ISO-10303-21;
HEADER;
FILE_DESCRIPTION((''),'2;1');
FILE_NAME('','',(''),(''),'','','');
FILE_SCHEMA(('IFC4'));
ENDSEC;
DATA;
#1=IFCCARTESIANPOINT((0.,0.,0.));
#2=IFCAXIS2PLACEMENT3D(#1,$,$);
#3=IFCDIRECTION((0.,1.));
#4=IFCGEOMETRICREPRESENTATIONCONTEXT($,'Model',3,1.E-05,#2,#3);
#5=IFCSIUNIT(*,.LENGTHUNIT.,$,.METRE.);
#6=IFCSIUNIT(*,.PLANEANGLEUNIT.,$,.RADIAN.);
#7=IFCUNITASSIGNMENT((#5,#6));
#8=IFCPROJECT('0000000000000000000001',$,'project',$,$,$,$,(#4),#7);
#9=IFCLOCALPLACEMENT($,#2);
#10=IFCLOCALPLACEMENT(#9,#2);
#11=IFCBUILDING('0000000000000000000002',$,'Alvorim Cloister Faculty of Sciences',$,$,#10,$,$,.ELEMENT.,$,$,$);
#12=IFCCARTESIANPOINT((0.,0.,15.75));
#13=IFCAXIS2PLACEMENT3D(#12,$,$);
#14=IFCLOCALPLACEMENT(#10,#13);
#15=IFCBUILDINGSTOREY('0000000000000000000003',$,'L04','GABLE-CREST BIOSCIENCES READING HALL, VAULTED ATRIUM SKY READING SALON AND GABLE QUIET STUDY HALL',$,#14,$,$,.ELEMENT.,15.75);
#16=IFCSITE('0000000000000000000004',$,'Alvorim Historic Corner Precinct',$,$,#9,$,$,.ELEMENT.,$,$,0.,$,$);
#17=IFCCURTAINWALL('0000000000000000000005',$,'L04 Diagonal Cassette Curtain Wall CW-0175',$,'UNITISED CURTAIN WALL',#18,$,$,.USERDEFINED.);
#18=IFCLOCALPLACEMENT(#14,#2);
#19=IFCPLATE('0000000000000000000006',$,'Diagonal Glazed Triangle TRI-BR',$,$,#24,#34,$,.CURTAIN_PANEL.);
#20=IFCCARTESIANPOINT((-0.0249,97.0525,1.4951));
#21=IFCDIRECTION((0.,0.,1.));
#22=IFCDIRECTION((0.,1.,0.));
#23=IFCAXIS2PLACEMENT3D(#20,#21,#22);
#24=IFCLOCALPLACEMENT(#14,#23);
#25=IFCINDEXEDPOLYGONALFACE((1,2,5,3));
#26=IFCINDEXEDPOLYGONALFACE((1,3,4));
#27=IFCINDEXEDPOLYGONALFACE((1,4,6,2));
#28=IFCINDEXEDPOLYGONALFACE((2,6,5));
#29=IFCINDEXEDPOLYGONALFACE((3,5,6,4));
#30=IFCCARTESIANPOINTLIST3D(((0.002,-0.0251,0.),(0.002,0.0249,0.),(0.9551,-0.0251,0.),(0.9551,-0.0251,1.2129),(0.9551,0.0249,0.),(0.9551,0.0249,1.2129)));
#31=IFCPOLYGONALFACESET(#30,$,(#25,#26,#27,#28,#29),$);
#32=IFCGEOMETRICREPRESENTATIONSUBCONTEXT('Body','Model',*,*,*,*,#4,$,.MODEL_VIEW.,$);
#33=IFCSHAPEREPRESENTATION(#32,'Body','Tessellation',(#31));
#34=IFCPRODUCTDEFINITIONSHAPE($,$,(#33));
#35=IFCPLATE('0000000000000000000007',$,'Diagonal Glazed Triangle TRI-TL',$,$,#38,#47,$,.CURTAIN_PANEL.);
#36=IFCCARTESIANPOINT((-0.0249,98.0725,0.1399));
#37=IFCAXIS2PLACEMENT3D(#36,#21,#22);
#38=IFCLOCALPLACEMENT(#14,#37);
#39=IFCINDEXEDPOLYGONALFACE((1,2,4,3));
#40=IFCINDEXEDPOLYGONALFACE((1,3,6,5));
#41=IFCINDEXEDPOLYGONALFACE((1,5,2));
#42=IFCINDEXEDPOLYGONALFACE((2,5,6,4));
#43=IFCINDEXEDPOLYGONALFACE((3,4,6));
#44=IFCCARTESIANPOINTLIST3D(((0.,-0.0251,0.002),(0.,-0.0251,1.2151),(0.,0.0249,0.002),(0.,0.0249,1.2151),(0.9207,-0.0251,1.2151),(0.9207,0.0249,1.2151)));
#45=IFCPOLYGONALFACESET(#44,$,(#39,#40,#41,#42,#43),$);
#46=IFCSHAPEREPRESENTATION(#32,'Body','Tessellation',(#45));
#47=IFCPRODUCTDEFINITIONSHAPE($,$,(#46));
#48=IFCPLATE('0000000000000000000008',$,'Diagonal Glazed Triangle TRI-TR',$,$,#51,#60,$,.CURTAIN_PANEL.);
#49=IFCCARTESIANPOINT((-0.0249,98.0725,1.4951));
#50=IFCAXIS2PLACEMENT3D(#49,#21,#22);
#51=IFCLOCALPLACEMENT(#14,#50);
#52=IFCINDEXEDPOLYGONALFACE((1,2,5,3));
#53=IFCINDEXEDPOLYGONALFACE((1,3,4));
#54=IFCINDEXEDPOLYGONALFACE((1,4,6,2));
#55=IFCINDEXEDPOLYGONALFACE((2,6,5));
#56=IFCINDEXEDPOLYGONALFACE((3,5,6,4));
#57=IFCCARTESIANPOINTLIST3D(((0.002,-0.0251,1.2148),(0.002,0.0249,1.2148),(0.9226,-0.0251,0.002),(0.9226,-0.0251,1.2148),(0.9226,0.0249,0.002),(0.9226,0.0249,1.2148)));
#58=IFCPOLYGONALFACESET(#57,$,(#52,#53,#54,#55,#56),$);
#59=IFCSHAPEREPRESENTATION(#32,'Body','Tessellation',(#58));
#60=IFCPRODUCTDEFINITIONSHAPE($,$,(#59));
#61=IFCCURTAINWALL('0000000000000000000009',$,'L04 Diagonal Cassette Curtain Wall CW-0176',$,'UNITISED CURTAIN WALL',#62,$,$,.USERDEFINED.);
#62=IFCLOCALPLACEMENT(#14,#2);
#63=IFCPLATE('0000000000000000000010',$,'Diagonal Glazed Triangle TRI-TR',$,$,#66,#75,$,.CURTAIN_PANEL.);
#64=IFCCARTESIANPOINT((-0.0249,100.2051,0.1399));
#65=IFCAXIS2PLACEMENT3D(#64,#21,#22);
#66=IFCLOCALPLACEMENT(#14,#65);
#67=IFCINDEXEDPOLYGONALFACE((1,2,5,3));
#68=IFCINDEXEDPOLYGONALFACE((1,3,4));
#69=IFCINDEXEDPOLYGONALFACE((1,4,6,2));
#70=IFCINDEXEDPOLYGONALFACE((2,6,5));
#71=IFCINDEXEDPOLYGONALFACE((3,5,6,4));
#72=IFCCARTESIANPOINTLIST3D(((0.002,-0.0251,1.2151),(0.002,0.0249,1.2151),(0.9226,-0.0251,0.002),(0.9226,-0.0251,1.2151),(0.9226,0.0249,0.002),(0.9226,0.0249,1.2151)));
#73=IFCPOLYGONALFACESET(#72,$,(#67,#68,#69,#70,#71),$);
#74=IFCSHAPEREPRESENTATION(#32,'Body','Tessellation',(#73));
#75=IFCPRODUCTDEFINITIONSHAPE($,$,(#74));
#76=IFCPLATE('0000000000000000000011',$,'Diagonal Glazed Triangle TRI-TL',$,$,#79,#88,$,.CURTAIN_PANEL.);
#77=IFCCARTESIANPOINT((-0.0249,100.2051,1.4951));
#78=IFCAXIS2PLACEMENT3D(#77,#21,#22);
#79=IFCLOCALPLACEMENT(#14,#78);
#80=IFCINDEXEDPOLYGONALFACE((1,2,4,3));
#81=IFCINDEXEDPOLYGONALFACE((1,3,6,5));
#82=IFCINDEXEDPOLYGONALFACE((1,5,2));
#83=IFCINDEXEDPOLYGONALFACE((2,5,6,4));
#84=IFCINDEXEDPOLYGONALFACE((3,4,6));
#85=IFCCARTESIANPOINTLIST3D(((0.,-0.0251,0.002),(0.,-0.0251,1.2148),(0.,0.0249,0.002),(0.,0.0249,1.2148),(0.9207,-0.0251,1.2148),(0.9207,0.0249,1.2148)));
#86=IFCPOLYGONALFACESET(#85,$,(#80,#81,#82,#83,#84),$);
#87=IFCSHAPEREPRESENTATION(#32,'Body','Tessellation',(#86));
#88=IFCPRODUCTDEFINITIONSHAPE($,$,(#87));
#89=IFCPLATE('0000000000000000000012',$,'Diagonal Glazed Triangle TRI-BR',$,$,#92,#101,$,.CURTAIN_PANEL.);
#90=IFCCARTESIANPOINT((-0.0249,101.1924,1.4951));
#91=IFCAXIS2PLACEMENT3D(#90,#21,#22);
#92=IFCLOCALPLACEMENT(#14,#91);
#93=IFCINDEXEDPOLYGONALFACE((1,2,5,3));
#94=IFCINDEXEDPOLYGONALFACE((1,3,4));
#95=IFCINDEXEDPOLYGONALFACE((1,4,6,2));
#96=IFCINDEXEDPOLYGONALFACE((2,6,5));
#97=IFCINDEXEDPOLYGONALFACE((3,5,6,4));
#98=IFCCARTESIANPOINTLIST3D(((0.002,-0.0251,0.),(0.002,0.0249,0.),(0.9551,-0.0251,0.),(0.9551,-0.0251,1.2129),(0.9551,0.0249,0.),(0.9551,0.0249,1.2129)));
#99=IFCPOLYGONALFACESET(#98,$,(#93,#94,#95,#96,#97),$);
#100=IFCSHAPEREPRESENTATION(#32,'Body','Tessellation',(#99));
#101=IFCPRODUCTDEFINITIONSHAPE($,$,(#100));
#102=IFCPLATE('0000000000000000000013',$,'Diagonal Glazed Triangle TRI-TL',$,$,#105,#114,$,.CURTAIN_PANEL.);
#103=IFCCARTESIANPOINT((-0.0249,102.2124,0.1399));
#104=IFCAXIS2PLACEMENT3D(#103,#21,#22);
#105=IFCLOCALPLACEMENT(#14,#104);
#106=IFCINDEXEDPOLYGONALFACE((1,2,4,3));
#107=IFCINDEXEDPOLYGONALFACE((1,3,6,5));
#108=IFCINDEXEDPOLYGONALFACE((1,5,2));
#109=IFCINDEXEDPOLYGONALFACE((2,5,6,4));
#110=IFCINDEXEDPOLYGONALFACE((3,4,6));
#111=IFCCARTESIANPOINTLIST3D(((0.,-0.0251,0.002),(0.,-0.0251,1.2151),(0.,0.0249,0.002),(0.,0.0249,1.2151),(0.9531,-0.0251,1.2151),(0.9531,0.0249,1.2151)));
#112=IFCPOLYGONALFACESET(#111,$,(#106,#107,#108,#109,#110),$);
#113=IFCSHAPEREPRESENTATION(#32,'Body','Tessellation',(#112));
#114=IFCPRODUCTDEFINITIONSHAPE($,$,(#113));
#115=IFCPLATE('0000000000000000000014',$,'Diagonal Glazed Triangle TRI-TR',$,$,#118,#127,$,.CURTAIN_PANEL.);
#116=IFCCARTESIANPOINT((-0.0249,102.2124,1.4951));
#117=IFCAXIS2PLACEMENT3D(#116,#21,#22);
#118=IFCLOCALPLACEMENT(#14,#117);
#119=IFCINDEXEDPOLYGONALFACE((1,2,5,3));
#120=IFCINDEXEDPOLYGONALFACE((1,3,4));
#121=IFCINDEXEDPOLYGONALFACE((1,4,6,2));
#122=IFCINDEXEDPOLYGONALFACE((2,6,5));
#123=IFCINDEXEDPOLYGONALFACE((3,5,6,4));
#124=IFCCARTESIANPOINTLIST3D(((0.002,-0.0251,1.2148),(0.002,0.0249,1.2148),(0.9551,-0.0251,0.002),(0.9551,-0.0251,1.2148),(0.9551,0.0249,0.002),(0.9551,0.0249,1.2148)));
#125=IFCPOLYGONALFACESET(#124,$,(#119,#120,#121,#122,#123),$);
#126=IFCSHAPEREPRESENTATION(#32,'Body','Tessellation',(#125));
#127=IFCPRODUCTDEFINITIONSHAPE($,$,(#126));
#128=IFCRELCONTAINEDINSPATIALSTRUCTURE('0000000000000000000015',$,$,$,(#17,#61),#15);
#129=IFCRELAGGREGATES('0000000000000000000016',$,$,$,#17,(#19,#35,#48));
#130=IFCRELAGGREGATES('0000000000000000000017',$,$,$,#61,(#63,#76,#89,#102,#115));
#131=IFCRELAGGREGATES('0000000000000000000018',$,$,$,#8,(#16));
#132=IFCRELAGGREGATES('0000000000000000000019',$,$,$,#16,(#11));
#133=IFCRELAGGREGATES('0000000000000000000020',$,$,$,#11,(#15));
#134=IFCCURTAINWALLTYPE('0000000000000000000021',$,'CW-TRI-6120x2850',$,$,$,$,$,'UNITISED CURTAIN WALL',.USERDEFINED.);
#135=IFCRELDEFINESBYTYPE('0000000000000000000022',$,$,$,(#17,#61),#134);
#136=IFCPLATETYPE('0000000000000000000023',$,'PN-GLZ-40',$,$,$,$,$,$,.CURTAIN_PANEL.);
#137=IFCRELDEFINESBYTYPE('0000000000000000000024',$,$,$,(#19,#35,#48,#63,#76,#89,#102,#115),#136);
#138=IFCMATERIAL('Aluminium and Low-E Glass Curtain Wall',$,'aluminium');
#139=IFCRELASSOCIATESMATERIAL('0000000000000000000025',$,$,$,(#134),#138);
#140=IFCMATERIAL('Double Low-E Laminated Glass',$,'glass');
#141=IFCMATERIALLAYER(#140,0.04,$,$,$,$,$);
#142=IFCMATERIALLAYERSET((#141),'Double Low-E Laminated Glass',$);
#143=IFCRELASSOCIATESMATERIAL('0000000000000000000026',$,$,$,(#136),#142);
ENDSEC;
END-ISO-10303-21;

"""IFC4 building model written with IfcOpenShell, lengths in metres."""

from ifc_helpers import new_model, si_unit, direction, frame, origin, place, context, subcontext, project, spatial, polyline, outline, extrude, material, layer, layer_set, type_object, element, aggregate, save


model = new_model("IFC4")

# Units and contexts
model_context = context("Model", 3, precision=1e-05, world=origin(), true_north=direction((0.0, 1.0)))
body_context = subcontext(model_context, "Body", "Model", "MODEL_VIEW")
ifc_project = project(units=[si_unit("LENGTHUNIT", "METRE"), si_unit("PLANEANGLEUNIT", "RADIAN")], contexts=[model_context])

# Site, building, storey
site_placement = place(None, origin())
site = spatial("IfcSite", under=ifc_project, at=site_placement, Name="Alvorim Historic Corner Precinct", CompositionType="ELEMENT", RefElevation=0.0)
building_placement = place(site_placement, origin())
building = spatial("IfcBuilding", under=site, at=building_placement, Name="Alvorim Cloister Faculty of Sciences", CompositionType="ELEMENT")
storey_placement = place(building_placement, frame((0.0, 0.0, 15.75)))
storey = spatial("IfcBuildingStorey", under=building, at=storey_placement, Name="L04", Description="GABLE-CREST BIOSCIENCES READING HALL, VAULTED ATRIUM SKY READING SALON AND GABLE QUIET STUDY HALL", CompositionType="ELEMENT", Elevation=15.75)

# Curtain wall, plates
ifc_material_1 = material(Name="Aluminium and Low-E Glass Curtain Wall", Category="aluminium")
curtain_wall_type = type_object("IfcCurtainWallType", Name="CW-TRI-6120x2850", ElementType="UNITISED CURTAIN WALL", PredefinedType="USERDEFINED", material=ifc_material_1)
curtain_wall_1_placement = place(storey_placement, origin())
curtain_wall_1 = element("IfcCurtainWall", 1, at=curtain_wall_1_placement, inside=storey, type_object=curtain_wall_type, Name="L04 Diagonal Cassette Curtain Wall CW-0175", ObjectType="UNITISED CURTAIN WALL", PredefinedType="USERDEFINED")
ifc_material_2 = material(Name="Double Low-E Laminated Glass", Category="glass")
ifc_layer_1 = layer(ifc_material_2, 0.04)
ifc_layer_set_1 = layer_set([ifc_layer_1], Name="Double Low-E Laminated Glass")
plate_type = type_object("IfcPlateType", Name="PN-GLZ-40", PredefinedType="CURTAIN_PANEL", material=ifc_layer_set_1)
plate_1_placement = place(storey_placement, frame((-0.0249, 97.0525, 1.4951), z_axis=(0.0, 0.0, 1.0), x_axis=(0.0, 1.0, 0.0)))
plate_1 = element("IfcPlate", 2, at=plate_1_placement, type_object=plate_type, Name="Diagonal Glazed Triangle TRI-BR", PredefinedType="CURTAIN_PANEL", context=body_context, shape_type="SweptSolid", body=[
    extrude(outline(polyline([(0.002, 0.0), (0.9551, 0.0), (0.9551, 1.2129), (0.002, 0.0)])), frame((0.0, 0.0249, 0.0), z_axis=(0.0, -1.0, 0.0), x_axis=(1.0, 0.0, 0.0)), (0.0, 0.0, 1.0), 0.05),
])
plate_2_placement = place(storey_placement, frame((-0.0249, 98.0725, 0.1399), z_axis=(0.0, 0.0, 1.0), x_axis=(0.0, 1.0, 0.0)))
plate_2 = element("IfcPlate", 3, at=plate_2_placement, type_object=plate_type, Name="Diagonal Glazed Triangle TRI-TL", PredefinedType="CURTAIN_PANEL", context=body_context, shape_type="SweptSolid", body=[
    extrude(outline(polyline([(0.9207, 1.2151), (0.0, 1.2151), (0.0, 0.002), (0.9207, 1.2151)])), frame((0.0, 0.0249, 0.0), z_axis=(0.0, -1.0, 0.0), x_axis=(1.0, 0.0, 0.0)), (0.0, 0.0, 1.0), 0.05),
])
plate_3_placement = place(storey_placement, frame((-0.0249, 98.0725, 1.4951), z_axis=(0.0, 0.0, 1.0), x_axis=(0.0, 1.0, 0.0)))
plate_3 = element("IfcPlate", 4, at=plate_3_placement, type_object=plate_type, Name="Diagonal Glazed Triangle TRI-TR", PredefinedType="CURTAIN_PANEL", context=body_context, shape_type="SweptSolid", body=[
    extrude(outline(polyline([(0.9226, 0.002), (0.9226, 1.2148), (0.002, 1.2148), (0.9226, 0.002)])), frame((0.0, 0.0249, 0.0), z_axis=(0.0, -1.0, 0.0), x_axis=(1.0, 0.0, 0.0)), (0.0, 0.0, 1.0), 0.05),
])
aggregate(curtain_wall_1, [plate_1, plate_2, plate_3])

# Curtain wall, plates
curtain_wall_2_placement = place(storey_placement, origin())
curtain_wall_2 = element("IfcCurtainWall", 5, at=curtain_wall_2_placement, inside=storey, type_object=curtain_wall_type, Name="L04 Diagonal Cassette Curtain Wall CW-0176", ObjectType="UNITISED CURTAIN WALL", PredefinedType="USERDEFINED")
plate_4_placement = place(storey_placement, frame((-0.0249, 100.2051, 0.1399), z_axis=(0.0, 0.0, 1.0), x_axis=(0.0, 1.0, 0.0)))
plate_4 = element("IfcPlate", 6, at=plate_4_placement, type_object=plate_type, Name="Diagonal Glazed Triangle TRI-TR", PredefinedType="CURTAIN_PANEL", context=body_context, shape_type="SweptSolid", body=[
    extrude(outline(polyline([(0.9226, 0.002), (0.9226, 1.2151), (0.002, 1.2151), (0.9226, 0.002)])), frame((0.0, 0.0249, 0.0), z_axis=(0.0, -1.0, 0.0), x_axis=(1.0, 0.0, 0.0)), (0.0, 0.0, 1.0), 0.05),
])
plate_5_placement = place(storey_placement, frame((-0.0249, 100.2051, 1.4951), z_axis=(0.0, 0.0, 1.0), x_axis=(0.0, 1.0, 0.0)))
plate_5 = element("IfcPlate", 7, at=plate_5_placement, type_object=plate_type, Name="Diagonal Glazed Triangle TRI-TL", PredefinedType="CURTAIN_PANEL", context=body_context, shape_type="SweptSolid", body=[
    extrude(outline(polyline([(0.9207, 1.2148), (0.0, 1.2148), (0.0, 0.002), (0.9207, 1.2148)])), frame((0.0, 0.0249, 0.0), z_axis=(0.0, -1.0, 0.0), x_axis=(1.0, 0.0, 0.0)), (0.0, 0.0, 1.0), 0.05),
])
plate_6_placement = place(storey_placement, frame((-0.0249, 101.1924, 1.4951), z_axis=(0.0, 0.0, 1.0), x_axis=(0.0, 1.0, 0.0)))
plate_6 = element("IfcPlate", 8, at=plate_6_placement, type_object=plate_type, Name="Diagonal Glazed Triangle TRI-BR", PredefinedType="CURTAIN_PANEL", context=body_context, shape_type="SweptSolid", body=[
    extrude(outline(polyline([(0.002, 0.0), (0.9551, 0.0), (0.9551, 1.2129), (0.002, 0.0)])), frame((0.0, 0.0249, 0.0), z_axis=(0.0, -1.0, 0.0), x_axis=(1.0, 0.0, 0.0)), (0.0, 0.0, 1.0), 0.05),
])
plate_7_placement = place(storey_placement, frame((-0.0249, 102.2124, 0.1399), z_axis=(0.0, 0.0, 1.0), x_axis=(0.0, 1.0, 0.0)))
plate_7 = element("IfcPlate", 9, at=plate_7_placement, type_object=plate_type, Name="Diagonal Glazed Triangle TRI-TL", PredefinedType="CURTAIN_PANEL", context=body_context, shape_type="SweptSolid", body=[
    extrude(outline(polyline([(0.9531, 1.2151), (0.0, 1.2151), (0.0, 0.002), (0.9531, 1.2151)])), frame((0.0, 0.0249, 0.0), z_axis=(0.0, -1.0, 0.0), x_axis=(1.0, 0.0, 0.0)), (0.0, 0.0, 1.0), 0.05),
])
plate_8_placement = place(storey_placement, frame((-0.0249, 102.2124, 1.4951), z_axis=(0.0, 0.0, 1.0), x_axis=(0.0, 1.0, 0.0)))
plate_8 = element("IfcPlate", 10, at=plate_8_placement, type_object=plate_type, Name="Diagonal Glazed Triangle TRI-TR", PredefinedType="CURTAIN_PANEL", context=body_context, shape_type="SweptSolid", body=[
    extrude(outline(polyline([(0.9551, 0.002), (0.9551, 1.2148), (0.002, 1.2148), (0.9551, 0.002)])), frame((0.0, 0.0249, 0.0), z_axis=(0.0, -1.0, 0.0), x_axis=(1.0, 0.0, 0.0)), (0.0, 0.0, 1.0), 0.05),
])
aggregate(curtain_wall_2, [plate_4, plate_5, plate_6, plate_7, plate_8])

save(model, "model.ifc")
